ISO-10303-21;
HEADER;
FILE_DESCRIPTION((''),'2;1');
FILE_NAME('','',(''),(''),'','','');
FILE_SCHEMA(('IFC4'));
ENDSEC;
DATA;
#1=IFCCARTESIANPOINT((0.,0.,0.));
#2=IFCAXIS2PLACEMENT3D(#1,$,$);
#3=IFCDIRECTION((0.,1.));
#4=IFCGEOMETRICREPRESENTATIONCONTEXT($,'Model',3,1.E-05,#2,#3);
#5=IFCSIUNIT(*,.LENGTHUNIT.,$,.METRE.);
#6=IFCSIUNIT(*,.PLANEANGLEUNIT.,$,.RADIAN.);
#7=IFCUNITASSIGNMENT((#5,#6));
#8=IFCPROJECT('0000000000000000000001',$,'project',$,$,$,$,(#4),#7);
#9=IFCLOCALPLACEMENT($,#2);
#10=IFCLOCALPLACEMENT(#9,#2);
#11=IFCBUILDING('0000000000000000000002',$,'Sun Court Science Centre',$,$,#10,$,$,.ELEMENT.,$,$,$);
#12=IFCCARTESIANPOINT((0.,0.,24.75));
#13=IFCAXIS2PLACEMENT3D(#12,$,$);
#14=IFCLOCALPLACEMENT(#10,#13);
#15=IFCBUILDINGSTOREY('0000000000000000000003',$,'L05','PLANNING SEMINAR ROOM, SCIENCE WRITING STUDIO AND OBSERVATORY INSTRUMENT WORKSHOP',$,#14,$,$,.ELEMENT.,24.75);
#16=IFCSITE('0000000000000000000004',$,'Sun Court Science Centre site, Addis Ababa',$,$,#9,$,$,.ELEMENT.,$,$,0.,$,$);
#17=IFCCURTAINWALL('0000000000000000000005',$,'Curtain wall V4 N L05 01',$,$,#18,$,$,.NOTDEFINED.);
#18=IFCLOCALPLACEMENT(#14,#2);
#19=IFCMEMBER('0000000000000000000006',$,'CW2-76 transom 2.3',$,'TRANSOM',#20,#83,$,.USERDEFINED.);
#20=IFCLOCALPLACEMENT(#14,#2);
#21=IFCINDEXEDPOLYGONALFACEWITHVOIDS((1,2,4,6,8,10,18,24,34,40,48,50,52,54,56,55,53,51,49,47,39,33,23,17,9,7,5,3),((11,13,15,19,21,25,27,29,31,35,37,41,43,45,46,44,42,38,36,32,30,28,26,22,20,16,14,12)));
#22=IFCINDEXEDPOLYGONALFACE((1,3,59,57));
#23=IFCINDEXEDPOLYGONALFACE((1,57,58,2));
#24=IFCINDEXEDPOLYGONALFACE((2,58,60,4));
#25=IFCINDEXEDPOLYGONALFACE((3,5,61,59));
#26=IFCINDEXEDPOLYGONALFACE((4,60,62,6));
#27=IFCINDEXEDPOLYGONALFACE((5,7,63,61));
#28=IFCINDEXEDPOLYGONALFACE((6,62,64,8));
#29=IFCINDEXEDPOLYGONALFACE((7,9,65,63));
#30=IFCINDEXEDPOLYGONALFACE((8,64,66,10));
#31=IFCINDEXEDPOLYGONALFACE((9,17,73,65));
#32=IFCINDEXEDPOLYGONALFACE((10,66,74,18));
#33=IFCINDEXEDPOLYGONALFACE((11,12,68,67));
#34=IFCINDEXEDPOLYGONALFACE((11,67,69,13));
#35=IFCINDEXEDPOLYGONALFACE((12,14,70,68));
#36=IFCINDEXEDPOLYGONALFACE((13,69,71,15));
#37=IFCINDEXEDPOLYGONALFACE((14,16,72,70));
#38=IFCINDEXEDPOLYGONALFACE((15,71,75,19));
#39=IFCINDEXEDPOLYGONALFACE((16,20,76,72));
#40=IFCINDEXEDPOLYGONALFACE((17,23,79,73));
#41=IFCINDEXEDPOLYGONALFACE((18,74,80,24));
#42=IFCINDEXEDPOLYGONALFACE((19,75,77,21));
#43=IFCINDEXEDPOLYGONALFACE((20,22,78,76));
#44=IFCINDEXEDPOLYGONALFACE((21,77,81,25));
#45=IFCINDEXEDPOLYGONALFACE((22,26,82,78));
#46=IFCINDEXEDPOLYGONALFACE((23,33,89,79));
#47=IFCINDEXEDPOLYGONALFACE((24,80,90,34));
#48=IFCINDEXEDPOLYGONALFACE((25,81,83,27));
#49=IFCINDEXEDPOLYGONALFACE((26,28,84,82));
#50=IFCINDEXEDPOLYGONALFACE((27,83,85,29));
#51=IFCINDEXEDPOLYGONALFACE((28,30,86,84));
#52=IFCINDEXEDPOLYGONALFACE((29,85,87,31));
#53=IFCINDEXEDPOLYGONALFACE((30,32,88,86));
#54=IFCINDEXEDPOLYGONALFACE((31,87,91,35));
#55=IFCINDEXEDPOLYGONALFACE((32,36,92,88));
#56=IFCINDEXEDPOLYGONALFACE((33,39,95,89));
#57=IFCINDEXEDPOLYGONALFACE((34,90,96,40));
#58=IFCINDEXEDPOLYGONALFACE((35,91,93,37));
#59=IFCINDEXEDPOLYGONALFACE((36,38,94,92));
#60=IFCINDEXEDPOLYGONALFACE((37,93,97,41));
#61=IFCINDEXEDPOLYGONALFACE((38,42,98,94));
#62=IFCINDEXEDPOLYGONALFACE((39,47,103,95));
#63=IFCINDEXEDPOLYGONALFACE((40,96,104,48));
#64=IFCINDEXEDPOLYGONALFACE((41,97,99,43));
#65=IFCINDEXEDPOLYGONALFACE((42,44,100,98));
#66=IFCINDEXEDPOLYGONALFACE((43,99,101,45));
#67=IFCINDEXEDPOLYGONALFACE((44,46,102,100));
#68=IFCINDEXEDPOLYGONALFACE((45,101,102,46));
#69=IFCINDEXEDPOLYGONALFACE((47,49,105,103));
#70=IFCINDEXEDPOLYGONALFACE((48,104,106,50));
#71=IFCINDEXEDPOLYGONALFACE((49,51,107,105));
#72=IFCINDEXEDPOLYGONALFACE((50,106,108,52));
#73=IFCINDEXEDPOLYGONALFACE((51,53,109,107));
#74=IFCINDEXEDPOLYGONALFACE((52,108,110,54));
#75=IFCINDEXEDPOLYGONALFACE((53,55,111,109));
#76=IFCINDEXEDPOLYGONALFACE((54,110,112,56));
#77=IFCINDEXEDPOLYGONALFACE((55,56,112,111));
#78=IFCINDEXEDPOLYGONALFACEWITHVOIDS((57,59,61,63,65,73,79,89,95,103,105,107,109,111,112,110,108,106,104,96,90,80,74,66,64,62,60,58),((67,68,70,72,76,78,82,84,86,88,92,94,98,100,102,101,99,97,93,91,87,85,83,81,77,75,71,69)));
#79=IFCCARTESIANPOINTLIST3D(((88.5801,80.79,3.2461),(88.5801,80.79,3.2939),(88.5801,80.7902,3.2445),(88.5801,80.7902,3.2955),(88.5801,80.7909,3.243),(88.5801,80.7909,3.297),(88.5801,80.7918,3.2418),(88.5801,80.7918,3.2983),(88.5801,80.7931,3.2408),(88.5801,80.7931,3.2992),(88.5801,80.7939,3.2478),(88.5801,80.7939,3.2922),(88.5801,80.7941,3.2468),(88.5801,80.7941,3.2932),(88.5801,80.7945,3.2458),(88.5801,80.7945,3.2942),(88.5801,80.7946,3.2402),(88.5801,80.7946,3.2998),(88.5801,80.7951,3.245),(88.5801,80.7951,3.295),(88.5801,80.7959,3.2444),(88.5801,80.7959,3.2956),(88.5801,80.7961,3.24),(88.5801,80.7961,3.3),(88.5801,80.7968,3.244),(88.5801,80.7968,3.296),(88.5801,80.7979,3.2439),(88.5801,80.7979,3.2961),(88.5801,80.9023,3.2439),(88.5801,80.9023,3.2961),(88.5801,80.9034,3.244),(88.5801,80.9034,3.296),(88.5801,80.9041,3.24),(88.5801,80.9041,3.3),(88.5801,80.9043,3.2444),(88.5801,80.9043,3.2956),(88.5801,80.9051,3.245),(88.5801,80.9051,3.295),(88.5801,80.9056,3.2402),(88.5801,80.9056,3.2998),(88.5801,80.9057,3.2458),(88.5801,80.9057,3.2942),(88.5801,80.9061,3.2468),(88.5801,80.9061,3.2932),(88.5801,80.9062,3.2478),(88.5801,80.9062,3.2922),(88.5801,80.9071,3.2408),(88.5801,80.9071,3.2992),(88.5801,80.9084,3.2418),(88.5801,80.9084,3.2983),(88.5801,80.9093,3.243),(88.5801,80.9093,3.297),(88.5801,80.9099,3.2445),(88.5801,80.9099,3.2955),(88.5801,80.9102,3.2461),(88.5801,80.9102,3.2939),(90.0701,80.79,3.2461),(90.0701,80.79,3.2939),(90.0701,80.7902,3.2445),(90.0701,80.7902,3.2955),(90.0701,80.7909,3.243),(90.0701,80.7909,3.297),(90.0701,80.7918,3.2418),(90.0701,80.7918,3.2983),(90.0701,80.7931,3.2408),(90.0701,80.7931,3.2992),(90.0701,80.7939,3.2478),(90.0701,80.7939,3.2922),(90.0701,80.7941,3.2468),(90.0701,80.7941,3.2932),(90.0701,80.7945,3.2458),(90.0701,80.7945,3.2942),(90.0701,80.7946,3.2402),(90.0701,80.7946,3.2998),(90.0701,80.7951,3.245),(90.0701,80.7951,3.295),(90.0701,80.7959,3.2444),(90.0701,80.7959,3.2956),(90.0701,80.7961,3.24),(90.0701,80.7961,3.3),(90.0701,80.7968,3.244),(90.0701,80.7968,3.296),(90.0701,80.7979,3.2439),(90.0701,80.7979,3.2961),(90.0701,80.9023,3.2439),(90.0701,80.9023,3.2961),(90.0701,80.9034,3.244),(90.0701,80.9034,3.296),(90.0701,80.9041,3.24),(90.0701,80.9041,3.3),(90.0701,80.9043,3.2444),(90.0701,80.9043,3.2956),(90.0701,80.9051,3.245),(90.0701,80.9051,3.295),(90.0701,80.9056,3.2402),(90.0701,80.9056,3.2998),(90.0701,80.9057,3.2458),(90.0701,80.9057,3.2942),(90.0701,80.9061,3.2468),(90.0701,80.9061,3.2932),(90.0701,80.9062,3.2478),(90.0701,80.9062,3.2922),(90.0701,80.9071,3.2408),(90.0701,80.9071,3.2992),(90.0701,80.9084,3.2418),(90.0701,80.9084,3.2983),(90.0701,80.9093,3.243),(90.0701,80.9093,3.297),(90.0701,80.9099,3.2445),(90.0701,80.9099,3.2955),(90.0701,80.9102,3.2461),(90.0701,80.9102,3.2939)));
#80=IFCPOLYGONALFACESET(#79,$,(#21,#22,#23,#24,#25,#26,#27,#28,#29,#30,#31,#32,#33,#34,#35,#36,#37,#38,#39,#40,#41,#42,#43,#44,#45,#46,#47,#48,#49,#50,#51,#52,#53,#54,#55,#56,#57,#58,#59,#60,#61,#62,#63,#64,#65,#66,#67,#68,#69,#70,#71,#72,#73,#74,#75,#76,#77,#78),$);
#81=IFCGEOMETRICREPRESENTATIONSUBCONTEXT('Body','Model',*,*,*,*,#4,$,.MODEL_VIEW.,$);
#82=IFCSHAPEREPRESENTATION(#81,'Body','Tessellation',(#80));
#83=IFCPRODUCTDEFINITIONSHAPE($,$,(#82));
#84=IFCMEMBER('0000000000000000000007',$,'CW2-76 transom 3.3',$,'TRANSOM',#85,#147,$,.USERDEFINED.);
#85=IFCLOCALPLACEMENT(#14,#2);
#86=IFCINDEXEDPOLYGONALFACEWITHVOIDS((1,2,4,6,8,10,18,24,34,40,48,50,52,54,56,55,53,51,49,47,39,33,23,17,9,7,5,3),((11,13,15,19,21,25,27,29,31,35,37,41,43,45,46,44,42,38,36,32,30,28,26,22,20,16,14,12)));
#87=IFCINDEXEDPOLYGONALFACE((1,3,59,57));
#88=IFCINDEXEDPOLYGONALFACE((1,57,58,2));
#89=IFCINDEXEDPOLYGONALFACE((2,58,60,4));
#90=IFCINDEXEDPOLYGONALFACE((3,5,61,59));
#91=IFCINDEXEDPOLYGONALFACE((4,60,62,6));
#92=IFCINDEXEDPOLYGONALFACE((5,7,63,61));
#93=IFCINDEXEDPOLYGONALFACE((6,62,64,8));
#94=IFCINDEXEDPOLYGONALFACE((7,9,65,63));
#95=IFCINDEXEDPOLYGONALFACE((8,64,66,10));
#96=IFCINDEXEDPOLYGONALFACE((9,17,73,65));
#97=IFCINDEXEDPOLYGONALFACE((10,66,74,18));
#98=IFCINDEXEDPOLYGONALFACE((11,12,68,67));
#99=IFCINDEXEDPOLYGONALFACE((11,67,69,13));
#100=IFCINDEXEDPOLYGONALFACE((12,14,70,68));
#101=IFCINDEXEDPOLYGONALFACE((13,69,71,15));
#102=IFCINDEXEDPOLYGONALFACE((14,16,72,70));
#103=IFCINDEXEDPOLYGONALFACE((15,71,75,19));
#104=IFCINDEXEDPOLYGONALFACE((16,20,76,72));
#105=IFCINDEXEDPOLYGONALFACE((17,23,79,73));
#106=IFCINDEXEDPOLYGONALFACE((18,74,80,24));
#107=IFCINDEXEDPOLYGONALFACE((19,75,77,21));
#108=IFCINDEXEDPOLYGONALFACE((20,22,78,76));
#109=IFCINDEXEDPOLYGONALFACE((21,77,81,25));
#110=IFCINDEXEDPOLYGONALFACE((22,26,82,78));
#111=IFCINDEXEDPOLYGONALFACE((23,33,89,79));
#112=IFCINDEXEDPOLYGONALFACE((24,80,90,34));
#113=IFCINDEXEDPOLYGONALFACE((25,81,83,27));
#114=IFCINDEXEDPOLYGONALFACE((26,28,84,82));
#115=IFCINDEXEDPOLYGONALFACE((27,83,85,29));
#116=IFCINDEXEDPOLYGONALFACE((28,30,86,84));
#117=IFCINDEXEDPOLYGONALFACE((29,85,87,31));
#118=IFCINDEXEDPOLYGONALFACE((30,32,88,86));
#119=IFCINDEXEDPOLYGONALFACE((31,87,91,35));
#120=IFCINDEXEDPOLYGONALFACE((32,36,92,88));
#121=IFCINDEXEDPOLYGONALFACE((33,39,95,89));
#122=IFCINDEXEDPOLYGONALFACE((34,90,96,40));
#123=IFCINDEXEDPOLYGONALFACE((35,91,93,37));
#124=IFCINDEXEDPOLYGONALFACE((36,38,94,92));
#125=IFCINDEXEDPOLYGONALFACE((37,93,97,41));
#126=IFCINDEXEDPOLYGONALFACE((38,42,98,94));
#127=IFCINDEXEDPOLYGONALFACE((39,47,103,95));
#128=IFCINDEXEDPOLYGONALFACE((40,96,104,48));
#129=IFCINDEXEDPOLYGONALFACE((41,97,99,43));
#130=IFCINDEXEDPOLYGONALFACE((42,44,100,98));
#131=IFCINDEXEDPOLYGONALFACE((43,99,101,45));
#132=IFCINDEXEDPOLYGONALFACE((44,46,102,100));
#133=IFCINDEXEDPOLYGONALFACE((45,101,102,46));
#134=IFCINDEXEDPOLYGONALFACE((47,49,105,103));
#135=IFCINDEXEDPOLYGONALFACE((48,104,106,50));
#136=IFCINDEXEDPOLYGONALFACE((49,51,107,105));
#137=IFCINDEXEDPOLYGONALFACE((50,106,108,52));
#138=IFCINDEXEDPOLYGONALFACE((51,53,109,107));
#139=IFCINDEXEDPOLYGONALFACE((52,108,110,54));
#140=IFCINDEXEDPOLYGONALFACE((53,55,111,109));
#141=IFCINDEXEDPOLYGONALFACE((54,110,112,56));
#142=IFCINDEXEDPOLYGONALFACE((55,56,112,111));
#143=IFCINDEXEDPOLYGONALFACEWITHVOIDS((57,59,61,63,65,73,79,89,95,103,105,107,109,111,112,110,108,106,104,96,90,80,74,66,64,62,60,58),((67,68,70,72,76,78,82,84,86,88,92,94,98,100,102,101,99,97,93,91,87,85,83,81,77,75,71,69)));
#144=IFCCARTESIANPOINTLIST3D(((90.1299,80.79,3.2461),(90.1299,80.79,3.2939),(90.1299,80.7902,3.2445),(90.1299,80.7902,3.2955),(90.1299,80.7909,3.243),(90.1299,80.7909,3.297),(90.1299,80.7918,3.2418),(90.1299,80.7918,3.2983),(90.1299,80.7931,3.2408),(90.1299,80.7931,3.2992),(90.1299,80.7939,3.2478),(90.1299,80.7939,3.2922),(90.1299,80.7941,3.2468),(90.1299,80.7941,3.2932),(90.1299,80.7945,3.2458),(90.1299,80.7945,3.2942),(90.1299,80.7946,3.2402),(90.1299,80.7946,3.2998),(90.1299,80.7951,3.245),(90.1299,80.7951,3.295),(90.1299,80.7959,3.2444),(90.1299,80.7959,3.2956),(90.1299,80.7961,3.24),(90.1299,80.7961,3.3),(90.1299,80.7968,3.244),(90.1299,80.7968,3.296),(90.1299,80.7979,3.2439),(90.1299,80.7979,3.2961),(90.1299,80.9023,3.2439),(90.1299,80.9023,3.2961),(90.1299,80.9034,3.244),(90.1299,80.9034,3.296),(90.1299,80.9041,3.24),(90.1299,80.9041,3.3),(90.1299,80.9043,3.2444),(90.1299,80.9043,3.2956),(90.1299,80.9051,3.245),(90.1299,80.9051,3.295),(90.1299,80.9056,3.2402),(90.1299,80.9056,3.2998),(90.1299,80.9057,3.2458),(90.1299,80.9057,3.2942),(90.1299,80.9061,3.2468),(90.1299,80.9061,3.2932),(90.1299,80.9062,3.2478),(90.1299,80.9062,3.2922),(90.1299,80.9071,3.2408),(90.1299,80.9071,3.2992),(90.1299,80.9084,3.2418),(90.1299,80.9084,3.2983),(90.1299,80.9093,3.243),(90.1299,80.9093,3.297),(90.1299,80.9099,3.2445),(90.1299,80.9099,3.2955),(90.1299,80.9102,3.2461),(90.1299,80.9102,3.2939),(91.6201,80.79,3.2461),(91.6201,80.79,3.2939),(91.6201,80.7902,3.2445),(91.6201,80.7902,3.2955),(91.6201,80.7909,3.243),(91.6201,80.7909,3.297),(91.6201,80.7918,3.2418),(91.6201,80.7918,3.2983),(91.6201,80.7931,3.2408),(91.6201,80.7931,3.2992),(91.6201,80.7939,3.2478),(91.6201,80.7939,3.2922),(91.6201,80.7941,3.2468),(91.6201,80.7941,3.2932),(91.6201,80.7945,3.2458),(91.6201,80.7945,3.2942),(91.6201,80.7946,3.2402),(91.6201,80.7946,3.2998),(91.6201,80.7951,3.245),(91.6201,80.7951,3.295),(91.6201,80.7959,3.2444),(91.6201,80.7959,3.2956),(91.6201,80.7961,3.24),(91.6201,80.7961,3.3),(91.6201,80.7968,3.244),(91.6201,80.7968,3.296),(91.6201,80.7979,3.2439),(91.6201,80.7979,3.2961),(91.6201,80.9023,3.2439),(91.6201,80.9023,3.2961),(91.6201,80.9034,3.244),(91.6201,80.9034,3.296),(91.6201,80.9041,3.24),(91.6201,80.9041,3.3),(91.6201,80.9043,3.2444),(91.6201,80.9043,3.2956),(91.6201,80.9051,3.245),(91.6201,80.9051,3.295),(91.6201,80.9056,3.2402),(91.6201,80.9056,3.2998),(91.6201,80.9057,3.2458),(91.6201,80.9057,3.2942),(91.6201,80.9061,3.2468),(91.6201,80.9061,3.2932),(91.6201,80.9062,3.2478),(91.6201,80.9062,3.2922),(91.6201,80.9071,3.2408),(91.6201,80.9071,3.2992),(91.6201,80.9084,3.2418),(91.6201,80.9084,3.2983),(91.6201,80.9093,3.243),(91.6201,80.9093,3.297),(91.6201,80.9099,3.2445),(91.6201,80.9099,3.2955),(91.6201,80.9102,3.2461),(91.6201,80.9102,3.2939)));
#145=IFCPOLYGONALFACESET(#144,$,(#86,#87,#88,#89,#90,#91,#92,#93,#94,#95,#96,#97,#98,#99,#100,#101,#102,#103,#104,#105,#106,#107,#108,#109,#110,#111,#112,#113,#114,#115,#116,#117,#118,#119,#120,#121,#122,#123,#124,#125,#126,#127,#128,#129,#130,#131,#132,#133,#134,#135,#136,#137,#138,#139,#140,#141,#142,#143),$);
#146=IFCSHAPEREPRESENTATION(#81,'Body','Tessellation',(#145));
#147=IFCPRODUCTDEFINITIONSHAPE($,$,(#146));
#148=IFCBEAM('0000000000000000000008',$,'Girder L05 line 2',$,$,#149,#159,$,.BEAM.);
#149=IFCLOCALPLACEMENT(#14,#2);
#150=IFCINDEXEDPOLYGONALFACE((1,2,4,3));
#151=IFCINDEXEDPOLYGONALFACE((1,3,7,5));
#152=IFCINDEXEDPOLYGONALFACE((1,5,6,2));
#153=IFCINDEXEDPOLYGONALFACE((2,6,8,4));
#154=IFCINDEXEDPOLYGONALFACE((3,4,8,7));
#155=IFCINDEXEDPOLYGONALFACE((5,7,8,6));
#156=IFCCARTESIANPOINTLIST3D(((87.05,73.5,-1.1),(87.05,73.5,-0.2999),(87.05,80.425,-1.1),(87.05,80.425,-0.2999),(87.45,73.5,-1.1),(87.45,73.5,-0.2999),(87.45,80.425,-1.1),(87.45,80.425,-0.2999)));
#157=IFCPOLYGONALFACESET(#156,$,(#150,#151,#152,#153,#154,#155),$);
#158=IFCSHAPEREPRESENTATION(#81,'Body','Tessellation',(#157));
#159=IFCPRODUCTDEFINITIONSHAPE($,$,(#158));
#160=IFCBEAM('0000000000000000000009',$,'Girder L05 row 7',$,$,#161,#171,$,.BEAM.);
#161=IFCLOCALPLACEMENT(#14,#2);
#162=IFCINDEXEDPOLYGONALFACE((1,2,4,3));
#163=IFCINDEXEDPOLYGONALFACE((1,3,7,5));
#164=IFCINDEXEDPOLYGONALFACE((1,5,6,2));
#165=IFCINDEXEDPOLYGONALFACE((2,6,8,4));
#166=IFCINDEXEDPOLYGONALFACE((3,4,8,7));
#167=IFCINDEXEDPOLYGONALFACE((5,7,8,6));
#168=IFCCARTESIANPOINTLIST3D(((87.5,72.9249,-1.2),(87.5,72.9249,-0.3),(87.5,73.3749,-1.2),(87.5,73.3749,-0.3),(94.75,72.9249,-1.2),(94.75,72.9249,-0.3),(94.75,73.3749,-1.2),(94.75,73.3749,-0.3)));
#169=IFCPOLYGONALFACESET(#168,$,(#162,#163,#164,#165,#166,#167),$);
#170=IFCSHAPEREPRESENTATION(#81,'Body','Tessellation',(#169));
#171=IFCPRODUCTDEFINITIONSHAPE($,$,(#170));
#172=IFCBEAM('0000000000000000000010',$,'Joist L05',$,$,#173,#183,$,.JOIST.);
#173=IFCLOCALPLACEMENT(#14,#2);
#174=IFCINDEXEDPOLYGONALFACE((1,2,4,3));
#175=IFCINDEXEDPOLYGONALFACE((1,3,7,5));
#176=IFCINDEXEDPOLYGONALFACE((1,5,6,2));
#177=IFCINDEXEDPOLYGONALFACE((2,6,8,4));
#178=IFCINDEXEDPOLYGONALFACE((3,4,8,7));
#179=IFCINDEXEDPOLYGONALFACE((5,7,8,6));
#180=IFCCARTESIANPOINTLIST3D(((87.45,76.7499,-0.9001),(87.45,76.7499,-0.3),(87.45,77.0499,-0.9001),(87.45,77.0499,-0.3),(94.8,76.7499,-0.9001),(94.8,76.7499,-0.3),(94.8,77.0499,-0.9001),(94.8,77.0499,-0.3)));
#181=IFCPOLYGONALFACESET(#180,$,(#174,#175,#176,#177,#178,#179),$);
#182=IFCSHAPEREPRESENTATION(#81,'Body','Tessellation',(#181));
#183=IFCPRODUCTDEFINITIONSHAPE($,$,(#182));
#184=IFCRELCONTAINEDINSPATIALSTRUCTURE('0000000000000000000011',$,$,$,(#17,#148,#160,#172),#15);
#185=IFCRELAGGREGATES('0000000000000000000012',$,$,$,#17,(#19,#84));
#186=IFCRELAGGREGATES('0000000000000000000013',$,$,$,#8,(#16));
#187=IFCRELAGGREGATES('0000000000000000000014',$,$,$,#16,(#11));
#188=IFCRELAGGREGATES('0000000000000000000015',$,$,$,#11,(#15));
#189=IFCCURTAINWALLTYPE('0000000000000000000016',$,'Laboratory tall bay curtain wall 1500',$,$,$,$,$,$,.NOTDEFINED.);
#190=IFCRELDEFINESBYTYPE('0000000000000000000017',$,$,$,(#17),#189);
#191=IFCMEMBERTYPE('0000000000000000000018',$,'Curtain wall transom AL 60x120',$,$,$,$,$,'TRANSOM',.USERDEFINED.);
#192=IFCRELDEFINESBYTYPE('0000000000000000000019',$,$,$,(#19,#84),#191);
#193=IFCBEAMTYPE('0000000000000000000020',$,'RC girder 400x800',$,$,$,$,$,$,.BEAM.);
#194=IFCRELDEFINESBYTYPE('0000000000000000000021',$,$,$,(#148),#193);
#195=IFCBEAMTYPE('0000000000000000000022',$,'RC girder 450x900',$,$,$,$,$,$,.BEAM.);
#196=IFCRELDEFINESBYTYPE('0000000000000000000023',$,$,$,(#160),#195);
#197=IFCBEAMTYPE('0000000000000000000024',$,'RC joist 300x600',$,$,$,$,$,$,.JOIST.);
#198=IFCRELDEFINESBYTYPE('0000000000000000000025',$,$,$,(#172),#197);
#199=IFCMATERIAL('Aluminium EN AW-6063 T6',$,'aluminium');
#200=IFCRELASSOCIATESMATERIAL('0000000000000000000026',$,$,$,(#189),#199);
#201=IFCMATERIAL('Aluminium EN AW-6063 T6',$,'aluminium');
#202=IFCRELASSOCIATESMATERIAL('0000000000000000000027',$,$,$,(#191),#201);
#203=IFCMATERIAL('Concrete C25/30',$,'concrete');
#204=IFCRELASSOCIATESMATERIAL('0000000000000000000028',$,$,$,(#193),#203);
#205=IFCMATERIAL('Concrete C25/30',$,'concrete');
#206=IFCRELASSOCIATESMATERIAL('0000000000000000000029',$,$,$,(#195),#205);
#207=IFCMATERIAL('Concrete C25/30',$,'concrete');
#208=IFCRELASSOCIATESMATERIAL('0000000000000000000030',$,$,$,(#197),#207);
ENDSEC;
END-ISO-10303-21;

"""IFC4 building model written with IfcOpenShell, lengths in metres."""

from ifc_helpers import new_model, si_unit, direction, frame, origin, origin_2d, place, context, subcontext, project, spatial, rectangle, hollow_rectangle, extrude, material, material_profile, profile_set, type_object, element, aggregate, save


model = new_model("IFC4")

# Units and contexts
model_context = context("Model", 3, precision=1e-05, world=origin(), true_north=direction((0.0, 1.0)))
body_context = subcontext(model_context, "Body", "Model", "MODEL_VIEW")
ifc_project = project(units=[si_unit("LENGTHUNIT", "METRE"), si_unit("PLANEANGLEUNIT", "RADIAN")], contexts=[model_context])

# Site, building, storey
site_placement = place(None, origin())
site = spatial("IfcSite", under=ifc_project, at=site_placement, Name="Sun Court Science Centre site, Addis Ababa", CompositionType="ELEMENT", RefElevation=0.0)
building_placement = place(site_placement, origin())
building = spatial("IfcBuilding", under=site, at=building_placement, Name="Sun Court Science Centre", CompositionType="ELEMENT")
storey_placement = place(building_placement, frame((0.0, 0.0, 24.75)))
storey = spatial("IfcBuildingStorey", under=building, at=storey_placement, Name="L05", Description="PLANNING SEMINAR ROOM, SCIENCE WRITING STUDIO AND OBSERVATORY INSTRUMENT WORKSHOP", CompositionType="ELEMENT", Elevation=24.75)

# Curtain wall, members
ifc_material_1 = material(Name="Aluminium EN AW-6063 T6", Category="aluminium")
curtain_wall_type = type_object("IfcCurtainWallType", Name="Laboratory tall bay curtain wall 1500", PredefinedType="NOTDEFINED", material=ifc_material_1)
curtain_wall_placement = place(storey_placement, origin())
curtain_wall = element("IfcCurtainWall", 1, at=curtain_wall_placement, inside=storey, type_object=curtain_wall_type, Name="Curtain wall V4 N L05 01", PredefinedType="NOTDEFINED")
ifc_material_2 = material(Name="Aluminium EN AW-6063 T6", Category="aluminium")
ifc_material_profile_1 = material_profile(ifc_material_2, hollow_rectangle(XDim=0.0601, YDim=0.1201, WallThickness=0.0039, InnerFilletRadius=0.0039, OuterFilletRadius=0.0061, at=origin_2d()), Name="AL 60x120x4")
ifc_profile_set_1 = profile_set([ifc_material_profile_1], Name="Aluminium EN AW-6063 T6")
member_type_1 = type_object("IfcMemberType", Name="Curtain wall transom AL 60x120", ElementType="TRANSOM", PredefinedType="USERDEFINED", material=ifc_profile_set_1)
member_1_placement = place(storey_placement, frame((88.5801, 80.8501, 3.27), z_axis=(1.0, 0.0, 0.0), x_axis=(0.0, 0.0, 1.0)))
member_1 = element("IfcMember", 2, at=member_1_placement, type_object=member_type_1, Name="CW2-76 transom 2.3", ObjectType="TRANSOM", PredefinedType="USERDEFINED", context=body_context, shape_type="SweptSolid", body=[
    extrude(hollow_rectangle(XDim=0.0601, YDim=0.1201, WallThickness=0.0039, InnerFilletRadius=0.0039, OuterFilletRadius=0.0061, at=origin_2d()), origin(), (0.0, 0.0, 1.0), 1.49),
])
member_2_placement = place(storey_placement, frame((90.1299, 80.8501, 3.27), z_axis=(1.0, 0.0, 0.0), x_axis=(0.0, 0.0, 1.0)))
member_2 = element("IfcMember", 3, at=member_2_placement, type_object=member_type_1, Name="CW2-76 transom 3.3", ObjectType="TRANSOM", PredefinedType="USERDEFINED", context=body_context, shape_type="SweptSolid", body=[
    extrude(hollow_rectangle(XDim=0.0601, YDim=0.1201, WallThickness=0.0039, InnerFilletRadius=0.0039, OuterFilletRadius=0.0061, at=origin_2d()), origin(), (0.0, 0.0, 1.0), 1.4902),
])

# Beams
ifc_material_3 = material(Name="Concrete C25/30", Category="concrete")
ifc_material_profile_2 = material_profile(ifc_material_3, rectangle(XDim=0.3999, YDim=0.8, at=origin_2d()), Name="RC 400x800")
ifc_profile_set_2 = profile_set([ifc_material_profile_2], Name="Concrete C25/30")
beam_type_1 = type_object("IfcBeamType", Name="RC girder 400x800", PredefinedType="BEAM", material=ifc_profile_set_2)
beam_1_placement = place(storey_placement, frame((87.25, 73.5, -0.7), z_axis=(0.0, 1.0, 0.0), x_axis=(-1.0, 0.0, 0.0)))
element("IfcBeam", 4, at=beam_1_placement, inside=storey, type_object=beam_type_1, Name="Girder L05 line 2", PredefinedType="BEAM", context=body_context, shape_type="SweptSolid", body=[
    extrude(rectangle(XDim=0.3999, YDim=0.8, at=origin_2d()), origin(), (0.0, 0.0, 1.0), 6.925),
])
ifc_material_4 = material(Name="Concrete C25/30", Category="concrete")
ifc_material_profile_3 = material_profile(ifc_material_4, rectangle(XDim=0.45, YDim=0.8999, at=origin_2d()), Name="RC 450x900")
ifc_profile_set_3 = profile_set([ifc_material_profile_3], Name="Concrete C25/30")
beam_type_2 = type_object("IfcBeamType", Name="RC girder 450x900", PredefinedType="BEAM", material=ifc_profile_set_3)
beam_2_placement = place(storey_placement, frame((87.5, 73.1499, -0.75), z_axis=(1.0, 0.0, 0.0), x_axis=(0.0, 1.0, 0.0)))
element("IfcBeam", 5, at=beam_2_placement, inside=storey, type_object=beam_type_2, Name="Girder L05 row 7", PredefinedType="BEAM", context=body_context, shape_type="SweptSolid", body=[
    extrude(rectangle(XDim=0.45, YDim=0.8999, at=origin_2d()), origin(), (0.0, 0.0, 1.0), 7.25),
])
ifc_material_5 = material(Name="Concrete C25/30", Category="concrete")
ifc_material_profile_4 = material_profile(ifc_material_5, rectangle(XDim=0.3, YDim=0.6001, at=origin_2d()), Name="RC 300x600")
ifc_profile_set_4 = profile_set([ifc_material_profile_4], Name="Concrete C25/30")
beam_type_3 = type_object("IfcBeamType", Name="RC joist 300x600", PredefinedType="JOIST", material=ifc_profile_set_4)
beam_3_placement = place(storey_placement, frame((87.45, 76.8999, -0.6001), z_axis=(1.0, 0.0, 0.0), x_axis=(0.0, 1.0, 0.0)))
element("IfcBeam", 6, at=beam_3_placement, inside=storey, type_object=beam_type_3, Name="Joist L05", PredefinedType="JOIST", context=body_context, shape_type="SweptSolid", body=[
    extrude(rectangle(XDim=0.3, YDim=0.6001, at=origin_2d()), origin(), (0.0, 0.0, 1.0), 7.3501),
])

aggregate(curtain_wall, [member_1, member_2])

save(model, "model.ifc")
